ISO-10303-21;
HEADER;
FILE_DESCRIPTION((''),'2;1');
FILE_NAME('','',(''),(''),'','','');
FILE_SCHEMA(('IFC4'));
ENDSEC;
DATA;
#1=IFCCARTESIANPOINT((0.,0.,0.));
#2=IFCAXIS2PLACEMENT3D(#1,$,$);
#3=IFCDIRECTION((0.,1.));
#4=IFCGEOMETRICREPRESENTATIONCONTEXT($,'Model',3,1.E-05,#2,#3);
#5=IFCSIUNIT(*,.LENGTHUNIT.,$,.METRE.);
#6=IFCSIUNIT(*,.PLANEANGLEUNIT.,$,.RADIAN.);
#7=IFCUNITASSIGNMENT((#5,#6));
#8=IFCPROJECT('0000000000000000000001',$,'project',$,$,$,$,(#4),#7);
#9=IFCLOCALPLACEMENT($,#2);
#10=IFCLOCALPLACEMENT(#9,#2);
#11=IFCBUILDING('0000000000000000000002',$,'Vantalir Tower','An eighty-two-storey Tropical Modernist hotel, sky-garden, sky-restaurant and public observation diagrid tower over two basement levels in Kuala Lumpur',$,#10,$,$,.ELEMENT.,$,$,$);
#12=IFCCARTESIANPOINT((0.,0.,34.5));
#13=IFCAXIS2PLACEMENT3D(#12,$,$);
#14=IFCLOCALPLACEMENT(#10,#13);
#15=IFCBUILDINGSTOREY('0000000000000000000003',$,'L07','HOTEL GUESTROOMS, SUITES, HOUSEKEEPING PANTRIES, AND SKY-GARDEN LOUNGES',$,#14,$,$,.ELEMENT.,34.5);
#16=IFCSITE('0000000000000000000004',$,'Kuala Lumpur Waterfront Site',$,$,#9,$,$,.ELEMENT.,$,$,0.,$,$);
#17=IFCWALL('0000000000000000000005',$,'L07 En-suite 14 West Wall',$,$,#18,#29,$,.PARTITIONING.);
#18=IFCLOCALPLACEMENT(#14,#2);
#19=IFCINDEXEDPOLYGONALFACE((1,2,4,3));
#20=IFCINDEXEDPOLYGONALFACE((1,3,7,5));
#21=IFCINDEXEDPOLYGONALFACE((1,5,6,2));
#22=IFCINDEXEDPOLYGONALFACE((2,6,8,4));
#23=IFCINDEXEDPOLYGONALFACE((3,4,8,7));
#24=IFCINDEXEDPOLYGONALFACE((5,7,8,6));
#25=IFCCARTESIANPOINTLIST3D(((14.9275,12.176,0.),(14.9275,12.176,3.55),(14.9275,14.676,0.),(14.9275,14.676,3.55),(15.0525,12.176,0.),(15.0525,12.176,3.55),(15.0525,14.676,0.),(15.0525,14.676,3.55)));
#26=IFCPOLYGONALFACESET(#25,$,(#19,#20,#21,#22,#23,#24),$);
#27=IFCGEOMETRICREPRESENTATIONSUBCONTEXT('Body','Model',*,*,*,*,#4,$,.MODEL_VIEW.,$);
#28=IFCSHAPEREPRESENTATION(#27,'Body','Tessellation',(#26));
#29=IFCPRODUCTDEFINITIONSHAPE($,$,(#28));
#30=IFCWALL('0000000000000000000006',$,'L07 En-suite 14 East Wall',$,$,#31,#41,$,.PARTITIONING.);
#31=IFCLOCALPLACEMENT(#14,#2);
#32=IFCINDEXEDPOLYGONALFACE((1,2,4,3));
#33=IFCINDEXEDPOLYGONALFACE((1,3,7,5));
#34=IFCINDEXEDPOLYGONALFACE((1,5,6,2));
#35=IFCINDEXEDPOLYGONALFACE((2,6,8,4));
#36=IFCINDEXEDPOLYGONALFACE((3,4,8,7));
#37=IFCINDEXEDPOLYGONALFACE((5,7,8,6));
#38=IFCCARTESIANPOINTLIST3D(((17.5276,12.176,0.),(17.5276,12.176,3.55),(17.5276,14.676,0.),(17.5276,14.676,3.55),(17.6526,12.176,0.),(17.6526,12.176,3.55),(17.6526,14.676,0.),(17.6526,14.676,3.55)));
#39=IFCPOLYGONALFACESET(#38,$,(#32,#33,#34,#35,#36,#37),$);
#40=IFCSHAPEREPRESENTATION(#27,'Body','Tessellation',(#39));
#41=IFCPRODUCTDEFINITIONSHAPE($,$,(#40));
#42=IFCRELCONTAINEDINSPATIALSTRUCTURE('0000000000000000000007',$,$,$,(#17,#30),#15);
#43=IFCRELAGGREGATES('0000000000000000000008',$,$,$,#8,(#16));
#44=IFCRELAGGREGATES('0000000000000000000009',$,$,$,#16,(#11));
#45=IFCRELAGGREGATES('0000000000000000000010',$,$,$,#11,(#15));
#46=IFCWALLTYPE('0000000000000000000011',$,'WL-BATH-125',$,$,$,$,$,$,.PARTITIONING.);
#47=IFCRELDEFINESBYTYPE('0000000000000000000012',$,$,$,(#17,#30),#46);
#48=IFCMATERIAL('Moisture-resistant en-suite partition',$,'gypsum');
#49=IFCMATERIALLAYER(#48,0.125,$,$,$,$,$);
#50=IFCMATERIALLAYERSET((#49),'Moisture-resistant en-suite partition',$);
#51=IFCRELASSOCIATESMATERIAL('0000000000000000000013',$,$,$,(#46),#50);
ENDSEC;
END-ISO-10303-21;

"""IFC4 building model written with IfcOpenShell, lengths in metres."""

from ifc_helpers import new_model, si_unit, direction, frame, frame_2d, origin, place, context, subcontext, project, spatial, rectangle, extrude, material, layer, layer_set, type_object, element, save


model = new_model("IFC4")

# Units and contexts
model_context = context("Model", 3, precision=1e-05, world=origin(), true_north=direction((0.0, 1.0)))
body_context = subcontext(model_context, "Body", "Model", "MODEL_VIEW")
ifc_project = project(units=[si_unit("LENGTHUNIT", "METRE"), si_unit("PLANEANGLEUNIT", "RADIAN")], contexts=[model_context])

# Site, building, storey
site_placement = place(None, origin())
site = spatial("IfcSite", under=ifc_project, at=site_placement, Name="Kuala Lumpur Waterfront Site", CompositionType="ELEMENT", RefElevation=0.0)
building_placement = place(site_placement, origin())
building = spatial("IfcBuilding", under=site, at=building_placement, Name="Vantalir Tower", Description="An eighty-two-storey Tropical Modernist hotel, sky-garden, sky-restaurant and public observation diagrid tower over two basement levels in Kuala Lumpur", CompositionType="ELEMENT")
storey_placement = place(building_placement, frame((0.0, 0.0, 34.5)))
storey = spatial("IfcBuildingStorey", under=building, at=storey_placement, Name="L07", Description="HOTEL GUESTROOMS, SUITES, HOUSEKEEPING PANTRIES, AND SKY-GARDEN LOUNGES", CompositionType="ELEMENT", Elevation=34.5)

# Shared definitions
ifc_material_1 = material(Name="Moisture-resistant en-suite partition", Category="gypsum")
ifc_layer_1 = layer(ifc_material_1, 0.125)
ifc_layer_set_1 = layer_set([ifc_layer_1], Name="Moisture-resistant en-suite partition")
wall_type = type_object("IfcWallType", Name="WL-BATH-125", PredefinedType="PARTITIONING", material=ifc_layer_set_1)

# Walls
for number, where, z_axis, x_axis, name in (
    (1, (14.99, 12.176, 0.0), (0.0, 0.0, 1.0), (0.0, 1.0, 0.0), "L07 En-suite 14 West Wall"),
    (2, (17.5901, 12.176, 0.0), (0.0, 0.0, 1.0), (0.0, 1.0, 0.0), "L07 En-suite 14 East Wall"),
):
    element("IfcWall", number, at=place(storey_placement, frame(where, z_axis=z_axis, x_axis=x_axis)), inside=storey, type_object=wall_type, Name=name, PredefinedType="PARTITIONING", context=body_context, shape_type="SweptSolid", body=[
        extrude(rectangle(XDim=2.5, YDim=0.125, at=frame_2d((1.25, 0.0))), origin(), (0.0, 0.0, 1.0), 3.55),
    ])

save(model, "model.ifc")
